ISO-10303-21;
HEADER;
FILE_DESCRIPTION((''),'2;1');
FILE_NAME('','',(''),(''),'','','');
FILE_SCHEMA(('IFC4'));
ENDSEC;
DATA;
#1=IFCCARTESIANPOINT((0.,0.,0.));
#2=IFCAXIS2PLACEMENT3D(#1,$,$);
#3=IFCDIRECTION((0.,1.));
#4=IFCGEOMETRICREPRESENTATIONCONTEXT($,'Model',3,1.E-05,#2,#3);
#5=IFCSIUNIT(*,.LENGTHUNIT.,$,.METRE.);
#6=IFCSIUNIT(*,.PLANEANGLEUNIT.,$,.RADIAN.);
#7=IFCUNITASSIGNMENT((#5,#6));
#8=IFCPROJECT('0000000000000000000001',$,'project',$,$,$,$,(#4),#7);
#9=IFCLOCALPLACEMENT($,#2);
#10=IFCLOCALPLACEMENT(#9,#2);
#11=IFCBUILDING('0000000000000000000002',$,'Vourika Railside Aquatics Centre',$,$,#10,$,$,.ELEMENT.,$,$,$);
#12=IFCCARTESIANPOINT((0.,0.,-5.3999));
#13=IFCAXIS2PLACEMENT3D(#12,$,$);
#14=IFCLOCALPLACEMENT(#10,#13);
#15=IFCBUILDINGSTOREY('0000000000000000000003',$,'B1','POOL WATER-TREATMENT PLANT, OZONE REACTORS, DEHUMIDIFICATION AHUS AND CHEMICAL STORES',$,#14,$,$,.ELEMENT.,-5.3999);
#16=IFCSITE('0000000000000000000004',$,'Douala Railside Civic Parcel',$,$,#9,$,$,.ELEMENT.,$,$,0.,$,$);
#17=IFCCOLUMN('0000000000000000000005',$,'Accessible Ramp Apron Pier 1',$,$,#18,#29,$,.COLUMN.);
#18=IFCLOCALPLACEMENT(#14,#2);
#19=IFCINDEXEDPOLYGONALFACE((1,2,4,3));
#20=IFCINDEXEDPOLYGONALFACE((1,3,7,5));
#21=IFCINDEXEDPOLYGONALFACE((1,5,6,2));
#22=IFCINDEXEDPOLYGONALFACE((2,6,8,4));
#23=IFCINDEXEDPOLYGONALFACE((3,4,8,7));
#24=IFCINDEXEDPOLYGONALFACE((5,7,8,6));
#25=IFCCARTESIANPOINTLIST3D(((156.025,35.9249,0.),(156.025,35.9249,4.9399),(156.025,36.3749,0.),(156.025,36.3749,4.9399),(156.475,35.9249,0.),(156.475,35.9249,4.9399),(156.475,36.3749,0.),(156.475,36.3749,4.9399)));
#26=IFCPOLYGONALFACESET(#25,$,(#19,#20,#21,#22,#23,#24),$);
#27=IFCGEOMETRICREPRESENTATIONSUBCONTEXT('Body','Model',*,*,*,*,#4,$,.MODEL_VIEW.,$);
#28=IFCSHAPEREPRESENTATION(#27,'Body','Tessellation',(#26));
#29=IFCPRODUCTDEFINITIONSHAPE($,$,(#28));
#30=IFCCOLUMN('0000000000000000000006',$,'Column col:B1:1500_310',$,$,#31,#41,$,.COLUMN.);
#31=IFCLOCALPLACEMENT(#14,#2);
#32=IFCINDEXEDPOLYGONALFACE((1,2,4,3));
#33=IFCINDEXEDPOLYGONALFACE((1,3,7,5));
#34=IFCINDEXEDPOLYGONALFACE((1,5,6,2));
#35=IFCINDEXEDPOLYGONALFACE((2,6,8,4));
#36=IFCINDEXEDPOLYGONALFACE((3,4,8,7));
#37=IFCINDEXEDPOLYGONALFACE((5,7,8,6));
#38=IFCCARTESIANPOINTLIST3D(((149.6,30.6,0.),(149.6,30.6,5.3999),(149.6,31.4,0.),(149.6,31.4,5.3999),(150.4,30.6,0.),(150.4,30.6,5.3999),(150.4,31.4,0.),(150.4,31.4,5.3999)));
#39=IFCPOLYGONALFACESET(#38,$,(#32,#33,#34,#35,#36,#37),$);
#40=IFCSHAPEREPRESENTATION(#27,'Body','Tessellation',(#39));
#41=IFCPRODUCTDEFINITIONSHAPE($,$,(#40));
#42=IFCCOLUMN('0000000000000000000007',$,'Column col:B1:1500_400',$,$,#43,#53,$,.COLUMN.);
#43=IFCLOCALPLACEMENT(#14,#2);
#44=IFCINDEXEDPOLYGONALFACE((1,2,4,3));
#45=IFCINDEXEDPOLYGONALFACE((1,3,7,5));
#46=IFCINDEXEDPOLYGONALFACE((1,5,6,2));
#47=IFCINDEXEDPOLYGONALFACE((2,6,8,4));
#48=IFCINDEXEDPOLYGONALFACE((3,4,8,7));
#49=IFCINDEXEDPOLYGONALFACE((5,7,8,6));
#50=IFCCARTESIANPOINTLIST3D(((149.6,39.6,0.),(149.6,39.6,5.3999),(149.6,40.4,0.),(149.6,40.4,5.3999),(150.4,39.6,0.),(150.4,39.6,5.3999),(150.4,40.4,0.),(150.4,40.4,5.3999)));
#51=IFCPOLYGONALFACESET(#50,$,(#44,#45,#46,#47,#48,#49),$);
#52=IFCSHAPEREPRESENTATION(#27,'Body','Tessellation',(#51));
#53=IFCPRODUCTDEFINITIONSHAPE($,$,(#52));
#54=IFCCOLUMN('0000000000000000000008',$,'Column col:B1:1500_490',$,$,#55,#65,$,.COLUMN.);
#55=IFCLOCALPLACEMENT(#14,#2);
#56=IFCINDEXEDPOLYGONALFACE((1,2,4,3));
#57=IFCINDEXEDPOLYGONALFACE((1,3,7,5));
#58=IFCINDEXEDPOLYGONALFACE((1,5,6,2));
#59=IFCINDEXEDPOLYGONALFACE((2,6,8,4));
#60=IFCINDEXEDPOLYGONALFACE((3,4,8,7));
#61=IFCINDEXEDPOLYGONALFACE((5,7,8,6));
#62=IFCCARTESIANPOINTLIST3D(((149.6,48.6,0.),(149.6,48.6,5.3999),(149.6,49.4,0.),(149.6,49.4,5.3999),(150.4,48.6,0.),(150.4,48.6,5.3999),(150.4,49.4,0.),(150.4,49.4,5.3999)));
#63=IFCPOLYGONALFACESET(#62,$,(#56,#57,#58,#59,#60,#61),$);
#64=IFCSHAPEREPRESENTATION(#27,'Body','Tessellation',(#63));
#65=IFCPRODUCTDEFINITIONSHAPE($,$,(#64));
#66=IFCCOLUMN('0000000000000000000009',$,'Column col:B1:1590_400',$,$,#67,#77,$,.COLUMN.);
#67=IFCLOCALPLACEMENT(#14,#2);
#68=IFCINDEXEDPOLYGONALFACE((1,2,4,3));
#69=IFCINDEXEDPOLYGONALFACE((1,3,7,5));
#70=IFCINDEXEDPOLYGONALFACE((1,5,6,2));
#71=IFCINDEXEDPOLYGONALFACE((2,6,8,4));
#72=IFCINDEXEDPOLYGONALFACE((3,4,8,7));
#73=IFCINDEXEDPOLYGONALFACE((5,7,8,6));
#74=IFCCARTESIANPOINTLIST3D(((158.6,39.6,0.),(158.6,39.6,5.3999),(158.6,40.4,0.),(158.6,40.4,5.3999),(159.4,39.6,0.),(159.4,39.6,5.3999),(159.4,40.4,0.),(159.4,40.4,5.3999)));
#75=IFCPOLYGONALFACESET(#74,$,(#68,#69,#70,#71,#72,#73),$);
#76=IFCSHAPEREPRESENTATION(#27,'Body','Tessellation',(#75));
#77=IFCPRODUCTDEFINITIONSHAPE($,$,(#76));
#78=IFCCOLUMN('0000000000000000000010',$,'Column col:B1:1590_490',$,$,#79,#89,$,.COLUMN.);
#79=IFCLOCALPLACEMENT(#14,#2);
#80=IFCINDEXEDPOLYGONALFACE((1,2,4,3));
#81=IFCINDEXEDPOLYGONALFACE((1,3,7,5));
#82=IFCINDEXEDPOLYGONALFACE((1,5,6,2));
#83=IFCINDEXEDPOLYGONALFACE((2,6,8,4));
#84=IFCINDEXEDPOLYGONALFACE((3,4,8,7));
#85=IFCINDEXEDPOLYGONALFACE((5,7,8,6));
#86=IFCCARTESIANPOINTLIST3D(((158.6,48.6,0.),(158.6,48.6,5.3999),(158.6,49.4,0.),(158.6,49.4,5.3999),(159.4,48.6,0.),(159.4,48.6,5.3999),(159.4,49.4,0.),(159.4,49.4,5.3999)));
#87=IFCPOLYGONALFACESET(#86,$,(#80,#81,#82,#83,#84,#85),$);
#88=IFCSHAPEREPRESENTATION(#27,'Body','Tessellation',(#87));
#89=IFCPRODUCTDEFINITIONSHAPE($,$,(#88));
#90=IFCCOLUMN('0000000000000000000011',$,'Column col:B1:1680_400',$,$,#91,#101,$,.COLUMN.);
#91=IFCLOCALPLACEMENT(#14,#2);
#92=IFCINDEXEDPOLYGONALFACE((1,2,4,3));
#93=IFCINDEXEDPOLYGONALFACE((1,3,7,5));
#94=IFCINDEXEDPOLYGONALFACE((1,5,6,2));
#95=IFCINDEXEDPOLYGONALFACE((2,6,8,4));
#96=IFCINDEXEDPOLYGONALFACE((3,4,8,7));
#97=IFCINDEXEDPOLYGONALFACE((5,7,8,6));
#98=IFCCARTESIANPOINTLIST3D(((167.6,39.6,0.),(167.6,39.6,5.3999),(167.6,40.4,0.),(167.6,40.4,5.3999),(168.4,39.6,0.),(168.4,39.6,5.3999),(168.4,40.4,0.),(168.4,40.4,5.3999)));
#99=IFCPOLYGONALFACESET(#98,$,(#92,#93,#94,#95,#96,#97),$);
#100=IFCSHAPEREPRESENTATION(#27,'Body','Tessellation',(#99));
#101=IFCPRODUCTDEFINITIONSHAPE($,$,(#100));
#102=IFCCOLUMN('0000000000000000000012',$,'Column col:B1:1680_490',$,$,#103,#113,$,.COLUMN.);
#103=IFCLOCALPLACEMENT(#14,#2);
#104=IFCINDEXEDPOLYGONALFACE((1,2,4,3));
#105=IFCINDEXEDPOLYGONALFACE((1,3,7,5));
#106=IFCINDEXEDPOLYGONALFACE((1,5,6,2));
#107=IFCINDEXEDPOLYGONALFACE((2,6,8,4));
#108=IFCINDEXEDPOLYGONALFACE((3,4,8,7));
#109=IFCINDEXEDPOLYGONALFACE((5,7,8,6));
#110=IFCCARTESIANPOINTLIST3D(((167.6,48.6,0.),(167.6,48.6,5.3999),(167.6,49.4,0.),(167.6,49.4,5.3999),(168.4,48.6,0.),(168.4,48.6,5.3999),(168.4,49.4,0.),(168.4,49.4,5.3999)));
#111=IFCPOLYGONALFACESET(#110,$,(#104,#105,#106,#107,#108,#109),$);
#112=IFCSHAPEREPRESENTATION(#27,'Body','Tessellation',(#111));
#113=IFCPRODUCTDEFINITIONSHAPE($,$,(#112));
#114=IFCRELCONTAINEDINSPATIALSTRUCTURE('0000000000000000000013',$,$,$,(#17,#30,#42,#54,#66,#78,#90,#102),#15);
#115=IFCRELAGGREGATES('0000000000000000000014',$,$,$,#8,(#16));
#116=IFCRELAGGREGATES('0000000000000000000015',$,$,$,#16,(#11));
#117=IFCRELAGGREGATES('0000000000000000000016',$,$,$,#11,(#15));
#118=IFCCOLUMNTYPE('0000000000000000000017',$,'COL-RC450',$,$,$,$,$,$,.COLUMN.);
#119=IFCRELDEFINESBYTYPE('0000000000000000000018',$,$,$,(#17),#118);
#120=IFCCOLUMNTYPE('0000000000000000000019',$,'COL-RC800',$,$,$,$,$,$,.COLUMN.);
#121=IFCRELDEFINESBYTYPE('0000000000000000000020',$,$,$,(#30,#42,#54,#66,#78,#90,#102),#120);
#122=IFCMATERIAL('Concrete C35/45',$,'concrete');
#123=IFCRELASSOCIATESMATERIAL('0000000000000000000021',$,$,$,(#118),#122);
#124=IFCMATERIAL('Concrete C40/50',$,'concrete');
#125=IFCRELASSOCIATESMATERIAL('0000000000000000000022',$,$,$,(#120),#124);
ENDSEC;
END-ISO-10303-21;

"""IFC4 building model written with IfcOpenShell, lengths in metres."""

from ifc_helpers import new_model, si_unit, direction, frame, origin, origin_2d, place, context, subcontext, project, spatial, rectangle, extrude, material, material_profile, profile_set, type_object, element, save


model = new_model("IFC4")

# Units and contexts
model_context = context("Model", 3, precision=1e-05, world=origin(), true_north=direction((0.0, 1.0)))
body_context = subcontext(model_context, "Body", "Model", "MODEL_VIEW")
ifc_project = project(units=[si_unit("LENGTHUNIT", "METRE"), si_unit("PLANEANGLEUNIT", "RADIAN")], contexts=[model_context])

# Site, building, storey
site_placement = place(None, origin())
site = spatial("IfcSite", under=ifc_project, at=site_placement, Name="Douala Railside Civic Parcel", CompositionType="ELEMENT", RefElevation=0.0)
building_placement = place(site_placement, origin())
building = spatial("IfcBuilding", under=site, at=building_placement, Name="Vourika Railside Aquatics Centre", CompositionType="ELEMENT")
storey_placement = place(building_placement, frame((0.0, 0.0, -5.3999)))
storey = spatial("IfcBuildingStorey", under=building, at=storey_placement, Name="B1", Description="POOL WATER-TREATMENT PLANT, OZONE REACTORS, DEHUMIDIFICATION AHUS AND CHEMICAL STORES", CompositionType="ELEMENT", Elevation=-5.3999)

# Shared definitions
ifc_material_1 = material(Name="Concrete C40/50", Category="concrete")

# Columns
ifc_material_2 = material(Name="Concrete C35/45", Category="concrete")
ifc_material_profile_1 = material_profile(ifc_material_2, rectangle(XDim=0.45, YDim=0.45, at=origin_2d()), Name="RC 450x450")
ifc_profile_set_1 = profile_set([ifc_material_profile_1], Name="Concrete C35/45")
column_type_1 = type_object("IfcColumnType", Name="COL-RC450", PredefinedType="COLUMN", material=ifc_profile_set_1)
for number, where, z_axis, x_axis, name in (
    (1, (156.25, 36.1499, 0.0), (0.0, 0.0, 1.0), (1.0, 0.0, 0.0), "Accessible Ramp Apron Pier 1"),
):
    element("IfcColumn", number, at=place(storey_placement, frame(where, z_axis=z_axis, x_axis=x_axis)), inside=storey, type_object=column_type_1, Name=name, PredefinedType="COLUMN", context=body_context, shape_type="SweptSolid", body=[
        extrude(rectangle(XDim=0.45, YDim=0.45, at=origin_2d()), origin(), (0.0, 0.0, 1.0), 4.9399),
    ])
ifc_material_profile_2 = material_profile(ifc_material_1, rectangle(XDim=0.8, YDim=0.8, at=origin_2d()), Name="RC 800x800")
ifc_profile_set_2 = profile_set([ifc_material_profile_2], Name="Concrete C40/50")
column_type_2 = type_object("IfcColumnType", Name="COL-RC800", PredefinedType="COLUMN", material=ifc_profile_set_2)
for number, where, z_axis, x_axis, name in (
    (2, (150.0, 31.0, 0.0), (0.0, 0.0, 1.0), (1.0, 0.0, 0.0), "Column col:B1:1500_310"),
    (3, (150.0, 40.0, 0.0), (0.0, 0.0, 1.0), (1.0, 0.0, 0.0), "Column col:B1:1500_400"),
    (4, (150.0, 49.0, 0.0), (0.0, 0.0, 1.0), (1.0, 0.0, 0.0), "Column col:B1:1500_490"),
    (5, (159.0, 40.0, 0.0), (0.0, 0.0, 1.0), (1.0, 0.0, 0.0), "Column col:B1:1590_400"),
    (6, (159.0, 49.0, 0.0), (0.0, 0.0, 1.0), (1.0, 0.0, 0.0), "Column col:B1:1590_490"),
    (7, (168.0, 40.0, 0.0), (0.0, 0.0, 1.0), (1.0, 0.0, 0.0), "Column col:B1:1680_400"),
    (8, (168.0, 49.0, 0.0), (0.0, 0.0, 1.0), (1.0, 0.0, 0.0), "Column col:B1:1680_490"),
):
    element("IfcColumn", number, at=place(storey_placement, frame(where, z_axis=z_axis, x_axis=x_axis)), inside=storey, type_object=column_type_2, Name=name, PredefinedType="COLUMN", context=body_context, shape_type="SweptSolid", body=[
        extrude(rectangle(XDim=0.8, YDim=0.8, at=origin_2d()), origin(), (0.0, 0.0, 1.0), 5.3999),
    ])

save(model, "model.ifc")
